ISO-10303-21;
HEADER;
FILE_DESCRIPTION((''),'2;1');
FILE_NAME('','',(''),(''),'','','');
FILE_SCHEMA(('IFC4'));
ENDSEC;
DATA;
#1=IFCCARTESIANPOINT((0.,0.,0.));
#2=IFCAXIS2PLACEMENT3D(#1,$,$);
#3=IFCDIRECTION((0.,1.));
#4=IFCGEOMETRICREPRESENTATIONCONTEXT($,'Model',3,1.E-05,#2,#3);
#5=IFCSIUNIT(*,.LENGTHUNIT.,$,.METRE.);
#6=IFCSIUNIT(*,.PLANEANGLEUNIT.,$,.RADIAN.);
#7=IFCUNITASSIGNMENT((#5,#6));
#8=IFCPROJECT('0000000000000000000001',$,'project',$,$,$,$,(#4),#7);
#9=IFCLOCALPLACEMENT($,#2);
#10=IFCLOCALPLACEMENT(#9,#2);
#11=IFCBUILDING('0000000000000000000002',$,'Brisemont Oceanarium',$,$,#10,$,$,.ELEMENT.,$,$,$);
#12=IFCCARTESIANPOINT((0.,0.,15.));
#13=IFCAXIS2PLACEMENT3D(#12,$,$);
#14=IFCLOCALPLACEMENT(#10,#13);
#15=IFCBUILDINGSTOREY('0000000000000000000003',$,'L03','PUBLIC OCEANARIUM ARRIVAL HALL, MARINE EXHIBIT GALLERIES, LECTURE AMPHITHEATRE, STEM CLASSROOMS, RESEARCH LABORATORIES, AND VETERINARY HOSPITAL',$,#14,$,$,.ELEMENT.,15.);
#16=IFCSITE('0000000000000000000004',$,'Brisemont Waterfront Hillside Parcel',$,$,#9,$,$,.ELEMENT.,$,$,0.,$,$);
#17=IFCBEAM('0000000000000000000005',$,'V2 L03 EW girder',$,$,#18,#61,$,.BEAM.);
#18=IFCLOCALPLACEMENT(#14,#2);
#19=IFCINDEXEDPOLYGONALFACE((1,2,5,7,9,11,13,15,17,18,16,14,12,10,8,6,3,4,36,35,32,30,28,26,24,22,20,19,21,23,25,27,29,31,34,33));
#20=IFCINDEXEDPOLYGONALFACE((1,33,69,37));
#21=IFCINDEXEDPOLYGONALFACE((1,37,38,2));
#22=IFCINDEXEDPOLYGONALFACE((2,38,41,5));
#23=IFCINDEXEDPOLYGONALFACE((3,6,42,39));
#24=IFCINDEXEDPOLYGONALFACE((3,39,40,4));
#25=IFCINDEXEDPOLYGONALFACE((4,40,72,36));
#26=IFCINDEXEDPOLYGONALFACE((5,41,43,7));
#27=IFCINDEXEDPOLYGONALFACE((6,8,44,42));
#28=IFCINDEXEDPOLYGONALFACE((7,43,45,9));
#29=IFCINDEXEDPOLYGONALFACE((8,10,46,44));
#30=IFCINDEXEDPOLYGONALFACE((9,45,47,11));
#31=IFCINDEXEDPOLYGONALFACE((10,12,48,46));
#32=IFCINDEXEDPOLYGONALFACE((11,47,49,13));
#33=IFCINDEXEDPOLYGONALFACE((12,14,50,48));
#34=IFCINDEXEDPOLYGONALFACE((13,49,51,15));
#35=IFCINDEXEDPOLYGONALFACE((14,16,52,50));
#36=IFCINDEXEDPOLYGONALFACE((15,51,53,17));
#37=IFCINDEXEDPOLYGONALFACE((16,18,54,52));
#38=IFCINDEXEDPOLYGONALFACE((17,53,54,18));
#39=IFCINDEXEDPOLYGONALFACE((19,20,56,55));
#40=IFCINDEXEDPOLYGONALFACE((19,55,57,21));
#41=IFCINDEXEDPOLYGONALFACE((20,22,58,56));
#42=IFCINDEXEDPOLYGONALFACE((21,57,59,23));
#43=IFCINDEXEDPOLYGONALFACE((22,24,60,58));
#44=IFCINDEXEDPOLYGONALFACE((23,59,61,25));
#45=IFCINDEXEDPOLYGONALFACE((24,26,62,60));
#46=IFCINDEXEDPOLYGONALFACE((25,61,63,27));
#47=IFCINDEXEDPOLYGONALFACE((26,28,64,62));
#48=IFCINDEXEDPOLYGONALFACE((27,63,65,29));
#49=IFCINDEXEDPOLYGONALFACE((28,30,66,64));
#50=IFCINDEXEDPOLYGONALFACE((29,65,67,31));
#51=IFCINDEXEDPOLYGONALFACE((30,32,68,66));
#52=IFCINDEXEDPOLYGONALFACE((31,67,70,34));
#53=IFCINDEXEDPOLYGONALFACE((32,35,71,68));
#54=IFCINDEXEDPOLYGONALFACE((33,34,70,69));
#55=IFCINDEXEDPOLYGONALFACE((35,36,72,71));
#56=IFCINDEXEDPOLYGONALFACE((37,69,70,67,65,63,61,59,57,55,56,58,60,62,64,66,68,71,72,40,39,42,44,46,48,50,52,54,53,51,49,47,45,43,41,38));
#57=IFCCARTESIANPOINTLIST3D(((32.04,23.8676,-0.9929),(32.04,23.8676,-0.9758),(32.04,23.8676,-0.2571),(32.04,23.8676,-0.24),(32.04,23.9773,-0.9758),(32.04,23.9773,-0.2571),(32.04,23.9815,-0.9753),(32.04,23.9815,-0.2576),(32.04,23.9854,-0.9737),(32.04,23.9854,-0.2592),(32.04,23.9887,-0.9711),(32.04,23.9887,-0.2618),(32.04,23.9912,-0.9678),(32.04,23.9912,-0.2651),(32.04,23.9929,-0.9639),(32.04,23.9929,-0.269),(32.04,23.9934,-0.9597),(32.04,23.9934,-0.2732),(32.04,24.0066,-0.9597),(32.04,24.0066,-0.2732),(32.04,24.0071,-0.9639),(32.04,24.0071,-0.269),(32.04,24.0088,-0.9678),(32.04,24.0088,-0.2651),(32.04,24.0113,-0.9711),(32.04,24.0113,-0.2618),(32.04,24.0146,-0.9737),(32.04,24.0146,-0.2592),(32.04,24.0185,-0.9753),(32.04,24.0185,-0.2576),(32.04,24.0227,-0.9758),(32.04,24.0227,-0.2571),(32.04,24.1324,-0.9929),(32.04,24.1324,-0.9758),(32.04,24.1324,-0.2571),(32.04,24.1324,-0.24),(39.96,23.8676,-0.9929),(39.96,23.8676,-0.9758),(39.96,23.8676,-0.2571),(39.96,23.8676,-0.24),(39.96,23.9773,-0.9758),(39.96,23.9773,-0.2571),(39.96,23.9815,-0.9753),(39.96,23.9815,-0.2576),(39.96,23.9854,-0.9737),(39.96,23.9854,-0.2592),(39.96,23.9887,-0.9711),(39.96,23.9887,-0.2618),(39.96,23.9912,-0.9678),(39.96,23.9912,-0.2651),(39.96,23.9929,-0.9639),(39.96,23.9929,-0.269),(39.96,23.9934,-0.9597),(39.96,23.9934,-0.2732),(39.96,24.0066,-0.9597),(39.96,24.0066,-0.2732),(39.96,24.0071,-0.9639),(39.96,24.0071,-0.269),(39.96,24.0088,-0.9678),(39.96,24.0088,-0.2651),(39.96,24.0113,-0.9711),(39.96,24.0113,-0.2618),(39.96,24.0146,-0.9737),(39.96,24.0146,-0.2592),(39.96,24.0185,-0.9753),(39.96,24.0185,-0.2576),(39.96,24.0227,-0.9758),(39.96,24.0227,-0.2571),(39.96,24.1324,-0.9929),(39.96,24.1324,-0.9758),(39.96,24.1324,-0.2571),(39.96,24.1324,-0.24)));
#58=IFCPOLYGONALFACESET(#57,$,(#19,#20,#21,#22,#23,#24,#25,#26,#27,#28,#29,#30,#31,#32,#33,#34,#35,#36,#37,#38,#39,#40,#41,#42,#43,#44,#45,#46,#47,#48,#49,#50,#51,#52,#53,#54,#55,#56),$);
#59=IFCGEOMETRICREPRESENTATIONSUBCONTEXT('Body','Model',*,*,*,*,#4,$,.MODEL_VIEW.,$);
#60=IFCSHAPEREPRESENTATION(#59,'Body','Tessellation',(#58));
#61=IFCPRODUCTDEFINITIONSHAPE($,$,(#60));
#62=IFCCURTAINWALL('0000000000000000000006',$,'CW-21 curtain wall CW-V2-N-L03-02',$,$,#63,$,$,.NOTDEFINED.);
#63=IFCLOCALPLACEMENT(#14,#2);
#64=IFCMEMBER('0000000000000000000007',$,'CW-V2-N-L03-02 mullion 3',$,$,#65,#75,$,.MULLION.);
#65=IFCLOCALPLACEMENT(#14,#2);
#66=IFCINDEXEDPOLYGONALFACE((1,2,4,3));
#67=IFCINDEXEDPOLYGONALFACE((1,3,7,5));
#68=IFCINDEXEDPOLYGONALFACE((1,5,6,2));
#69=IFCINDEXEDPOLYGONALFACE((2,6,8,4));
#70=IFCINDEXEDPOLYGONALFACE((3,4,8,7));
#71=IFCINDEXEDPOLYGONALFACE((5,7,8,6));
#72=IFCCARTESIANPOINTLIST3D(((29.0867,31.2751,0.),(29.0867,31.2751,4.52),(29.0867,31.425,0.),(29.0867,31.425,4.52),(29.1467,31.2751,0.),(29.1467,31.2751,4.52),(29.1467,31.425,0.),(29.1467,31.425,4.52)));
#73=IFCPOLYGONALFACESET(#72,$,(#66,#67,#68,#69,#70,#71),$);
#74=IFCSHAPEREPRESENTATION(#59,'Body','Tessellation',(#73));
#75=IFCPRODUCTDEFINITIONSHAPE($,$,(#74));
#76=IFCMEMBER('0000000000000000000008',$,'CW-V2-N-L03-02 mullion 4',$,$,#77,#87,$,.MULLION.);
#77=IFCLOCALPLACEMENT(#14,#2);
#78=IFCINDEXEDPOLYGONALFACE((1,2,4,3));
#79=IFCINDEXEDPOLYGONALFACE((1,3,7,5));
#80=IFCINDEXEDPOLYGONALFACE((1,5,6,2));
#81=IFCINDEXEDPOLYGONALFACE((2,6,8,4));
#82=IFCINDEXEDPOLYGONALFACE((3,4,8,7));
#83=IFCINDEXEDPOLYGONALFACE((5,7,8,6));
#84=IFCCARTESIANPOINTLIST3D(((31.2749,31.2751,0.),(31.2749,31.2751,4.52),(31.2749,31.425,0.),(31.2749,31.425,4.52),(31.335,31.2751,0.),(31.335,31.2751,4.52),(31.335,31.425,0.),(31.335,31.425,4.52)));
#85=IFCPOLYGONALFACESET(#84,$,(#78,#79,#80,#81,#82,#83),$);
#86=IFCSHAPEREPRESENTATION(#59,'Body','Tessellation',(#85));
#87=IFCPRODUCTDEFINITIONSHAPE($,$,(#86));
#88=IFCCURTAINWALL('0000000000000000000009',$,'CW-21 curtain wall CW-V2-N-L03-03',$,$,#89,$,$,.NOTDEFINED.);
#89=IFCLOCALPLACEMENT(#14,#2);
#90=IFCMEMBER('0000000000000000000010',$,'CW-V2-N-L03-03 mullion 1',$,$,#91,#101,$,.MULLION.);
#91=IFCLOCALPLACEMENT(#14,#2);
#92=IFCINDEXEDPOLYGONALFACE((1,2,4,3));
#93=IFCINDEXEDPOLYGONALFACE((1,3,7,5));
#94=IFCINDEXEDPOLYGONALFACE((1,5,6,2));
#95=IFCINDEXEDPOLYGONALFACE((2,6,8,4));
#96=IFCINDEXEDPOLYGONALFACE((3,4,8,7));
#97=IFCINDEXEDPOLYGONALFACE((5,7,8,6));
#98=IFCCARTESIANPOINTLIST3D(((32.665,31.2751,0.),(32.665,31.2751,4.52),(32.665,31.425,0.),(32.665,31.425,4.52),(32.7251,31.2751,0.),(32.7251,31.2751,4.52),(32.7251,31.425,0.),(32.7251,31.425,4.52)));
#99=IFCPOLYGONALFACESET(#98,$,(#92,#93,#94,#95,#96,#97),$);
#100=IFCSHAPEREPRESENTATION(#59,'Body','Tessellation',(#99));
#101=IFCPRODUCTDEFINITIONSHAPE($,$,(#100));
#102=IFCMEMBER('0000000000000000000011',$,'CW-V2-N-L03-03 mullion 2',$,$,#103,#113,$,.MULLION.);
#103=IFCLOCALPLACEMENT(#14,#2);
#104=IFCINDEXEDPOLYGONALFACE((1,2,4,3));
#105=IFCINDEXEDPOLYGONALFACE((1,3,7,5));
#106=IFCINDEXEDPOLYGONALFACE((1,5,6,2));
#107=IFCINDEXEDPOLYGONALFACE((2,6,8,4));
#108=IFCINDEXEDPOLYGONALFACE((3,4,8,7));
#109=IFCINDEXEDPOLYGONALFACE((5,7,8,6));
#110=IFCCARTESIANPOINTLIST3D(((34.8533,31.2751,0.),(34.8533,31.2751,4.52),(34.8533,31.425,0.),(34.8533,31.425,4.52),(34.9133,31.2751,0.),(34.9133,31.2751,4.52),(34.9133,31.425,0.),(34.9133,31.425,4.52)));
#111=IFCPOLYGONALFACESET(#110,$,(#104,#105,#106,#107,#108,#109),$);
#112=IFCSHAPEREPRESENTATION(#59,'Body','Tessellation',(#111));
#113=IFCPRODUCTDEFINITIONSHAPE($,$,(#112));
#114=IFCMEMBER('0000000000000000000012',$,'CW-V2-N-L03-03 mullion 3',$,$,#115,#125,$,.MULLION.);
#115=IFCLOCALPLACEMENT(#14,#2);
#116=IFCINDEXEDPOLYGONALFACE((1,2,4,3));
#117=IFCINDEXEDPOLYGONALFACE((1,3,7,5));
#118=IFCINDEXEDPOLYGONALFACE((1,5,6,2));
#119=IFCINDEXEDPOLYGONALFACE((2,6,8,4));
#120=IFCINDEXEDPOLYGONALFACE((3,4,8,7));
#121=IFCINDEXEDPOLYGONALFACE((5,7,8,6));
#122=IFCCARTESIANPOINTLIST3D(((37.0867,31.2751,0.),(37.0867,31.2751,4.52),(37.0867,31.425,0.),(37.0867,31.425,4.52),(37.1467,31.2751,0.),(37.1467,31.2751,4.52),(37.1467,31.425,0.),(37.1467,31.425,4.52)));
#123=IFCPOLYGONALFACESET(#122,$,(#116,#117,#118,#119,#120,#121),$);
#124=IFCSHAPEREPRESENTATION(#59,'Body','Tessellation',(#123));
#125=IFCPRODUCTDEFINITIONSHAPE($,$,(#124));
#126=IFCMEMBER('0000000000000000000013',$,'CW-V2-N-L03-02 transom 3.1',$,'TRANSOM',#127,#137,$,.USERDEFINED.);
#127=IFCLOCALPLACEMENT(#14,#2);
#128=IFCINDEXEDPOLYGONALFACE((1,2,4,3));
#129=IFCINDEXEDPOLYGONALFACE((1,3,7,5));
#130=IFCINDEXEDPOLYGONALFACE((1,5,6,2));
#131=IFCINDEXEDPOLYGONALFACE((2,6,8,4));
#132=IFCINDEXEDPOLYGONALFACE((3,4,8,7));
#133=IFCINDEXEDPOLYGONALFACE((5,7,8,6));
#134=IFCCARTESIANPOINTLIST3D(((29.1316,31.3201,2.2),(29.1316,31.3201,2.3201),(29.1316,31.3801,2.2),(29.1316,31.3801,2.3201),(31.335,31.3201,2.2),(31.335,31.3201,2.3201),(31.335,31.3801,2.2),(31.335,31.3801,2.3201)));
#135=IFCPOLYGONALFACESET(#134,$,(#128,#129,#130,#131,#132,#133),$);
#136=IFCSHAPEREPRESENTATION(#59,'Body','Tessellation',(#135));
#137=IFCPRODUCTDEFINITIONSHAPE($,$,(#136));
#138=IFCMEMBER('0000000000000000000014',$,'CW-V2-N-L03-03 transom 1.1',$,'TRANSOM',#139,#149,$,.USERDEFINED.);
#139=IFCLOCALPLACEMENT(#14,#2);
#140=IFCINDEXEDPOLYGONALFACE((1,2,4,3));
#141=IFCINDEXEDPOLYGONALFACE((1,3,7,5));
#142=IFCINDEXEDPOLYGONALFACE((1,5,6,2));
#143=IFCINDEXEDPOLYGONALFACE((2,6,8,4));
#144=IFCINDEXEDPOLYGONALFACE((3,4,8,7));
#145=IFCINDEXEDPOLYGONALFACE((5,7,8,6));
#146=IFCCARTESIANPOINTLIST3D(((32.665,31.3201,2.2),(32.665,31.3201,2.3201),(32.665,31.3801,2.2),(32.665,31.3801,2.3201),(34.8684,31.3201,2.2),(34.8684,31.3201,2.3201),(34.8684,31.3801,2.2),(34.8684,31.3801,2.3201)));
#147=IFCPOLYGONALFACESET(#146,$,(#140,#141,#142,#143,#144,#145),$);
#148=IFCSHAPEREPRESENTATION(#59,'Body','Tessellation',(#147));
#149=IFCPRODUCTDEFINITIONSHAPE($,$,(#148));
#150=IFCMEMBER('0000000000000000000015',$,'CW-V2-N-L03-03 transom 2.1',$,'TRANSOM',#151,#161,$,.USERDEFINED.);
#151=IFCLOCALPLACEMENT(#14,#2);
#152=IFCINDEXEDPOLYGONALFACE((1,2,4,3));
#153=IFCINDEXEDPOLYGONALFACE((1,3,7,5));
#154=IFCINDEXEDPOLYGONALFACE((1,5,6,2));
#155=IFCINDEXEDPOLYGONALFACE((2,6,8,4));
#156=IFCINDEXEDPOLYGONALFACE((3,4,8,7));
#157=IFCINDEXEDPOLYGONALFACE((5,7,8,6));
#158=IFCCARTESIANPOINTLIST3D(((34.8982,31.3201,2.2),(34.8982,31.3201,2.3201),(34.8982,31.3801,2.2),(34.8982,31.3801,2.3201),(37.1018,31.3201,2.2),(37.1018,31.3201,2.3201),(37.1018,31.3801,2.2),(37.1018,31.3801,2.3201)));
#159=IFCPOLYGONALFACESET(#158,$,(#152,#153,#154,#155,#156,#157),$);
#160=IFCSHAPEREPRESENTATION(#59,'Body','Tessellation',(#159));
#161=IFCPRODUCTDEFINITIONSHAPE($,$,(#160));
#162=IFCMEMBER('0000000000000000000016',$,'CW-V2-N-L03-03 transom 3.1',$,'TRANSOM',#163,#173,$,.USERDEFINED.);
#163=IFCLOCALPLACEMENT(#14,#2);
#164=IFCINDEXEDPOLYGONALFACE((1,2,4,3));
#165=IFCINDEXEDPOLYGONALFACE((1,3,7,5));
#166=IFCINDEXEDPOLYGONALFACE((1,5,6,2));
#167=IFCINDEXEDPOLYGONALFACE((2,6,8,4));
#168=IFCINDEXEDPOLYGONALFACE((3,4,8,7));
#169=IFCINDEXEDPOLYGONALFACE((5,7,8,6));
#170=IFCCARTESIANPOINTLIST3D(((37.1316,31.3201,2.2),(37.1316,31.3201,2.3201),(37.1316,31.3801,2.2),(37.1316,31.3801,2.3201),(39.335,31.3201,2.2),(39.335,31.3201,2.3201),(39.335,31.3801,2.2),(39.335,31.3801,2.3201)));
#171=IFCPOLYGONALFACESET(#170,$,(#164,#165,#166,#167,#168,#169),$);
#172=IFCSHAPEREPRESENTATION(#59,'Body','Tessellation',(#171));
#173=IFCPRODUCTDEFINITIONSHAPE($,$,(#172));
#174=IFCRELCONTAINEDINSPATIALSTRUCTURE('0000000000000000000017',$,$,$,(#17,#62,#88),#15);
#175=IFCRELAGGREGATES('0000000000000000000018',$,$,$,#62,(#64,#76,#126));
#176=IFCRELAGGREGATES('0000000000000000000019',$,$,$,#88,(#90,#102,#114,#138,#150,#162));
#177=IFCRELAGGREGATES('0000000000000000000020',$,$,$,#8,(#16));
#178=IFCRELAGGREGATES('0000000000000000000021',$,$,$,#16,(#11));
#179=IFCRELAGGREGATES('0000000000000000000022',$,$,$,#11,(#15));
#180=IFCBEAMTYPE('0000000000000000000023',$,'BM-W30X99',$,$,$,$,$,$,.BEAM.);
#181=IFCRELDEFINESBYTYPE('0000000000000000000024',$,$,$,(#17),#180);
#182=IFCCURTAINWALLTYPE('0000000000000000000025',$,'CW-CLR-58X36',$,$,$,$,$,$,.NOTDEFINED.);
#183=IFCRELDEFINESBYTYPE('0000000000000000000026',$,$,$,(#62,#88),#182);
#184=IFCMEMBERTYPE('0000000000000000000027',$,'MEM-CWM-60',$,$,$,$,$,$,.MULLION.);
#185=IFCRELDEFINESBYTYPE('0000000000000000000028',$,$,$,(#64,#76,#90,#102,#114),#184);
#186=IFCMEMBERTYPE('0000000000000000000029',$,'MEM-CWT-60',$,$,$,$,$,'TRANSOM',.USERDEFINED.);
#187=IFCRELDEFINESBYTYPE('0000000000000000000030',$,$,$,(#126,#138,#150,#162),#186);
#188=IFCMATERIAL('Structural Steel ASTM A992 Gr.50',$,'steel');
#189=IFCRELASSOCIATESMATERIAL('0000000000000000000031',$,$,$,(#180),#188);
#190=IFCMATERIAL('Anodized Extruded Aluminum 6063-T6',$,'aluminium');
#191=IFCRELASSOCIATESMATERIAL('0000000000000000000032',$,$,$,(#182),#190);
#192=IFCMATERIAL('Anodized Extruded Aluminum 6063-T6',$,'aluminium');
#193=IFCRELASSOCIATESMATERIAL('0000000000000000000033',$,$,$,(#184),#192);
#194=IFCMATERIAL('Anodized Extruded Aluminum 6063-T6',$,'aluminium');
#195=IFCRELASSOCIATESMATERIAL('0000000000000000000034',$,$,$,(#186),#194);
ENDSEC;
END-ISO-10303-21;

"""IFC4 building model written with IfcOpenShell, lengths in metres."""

from ifc_helpers import new_model, si_unit, direction, frame, origin, origin_2d, place, context, subcontext, project, spatial, rectangle, i_section, extrude, material, material_profile, profile_set, type_object, element, aggregate, save


model = new_model("IFC4")

# Units and contexts
model_context = context("Model", 3, precision=1e-05, world=origin(), true_north=direction((0.0, 1.0)))
body_context = subcontext(model_context, "Body", "Model", "MODEL_VIEW")
ifc_project = project(units=[si_unit("LENGTHUNIT", "METRE"), si_unit("PLANEANGLEUNIT", "RADIAN")], contexts=[model_context])

# Site, building, storey
site_placement = place(None, origin())
site = spatial("IfcSite", under=ifc_project, at=site_placement, Name="Brisemont Waterfront Hillside Parcel", CompositionType="ELEMENT", RefElevation=0.0)
building_placement = place(site_placement, origin())
building = spatial("IfcBuilding", under=site, at=building_placement, Name="Brisemont Oceanarium", CompositionType="ELEMENT")
storey_placement = place(building_placement, frame((0.0, 0.0, 15.0)))
storey = spatial("IfcBuildingStorey", under=building, at=storey_placement, Name="L03", Description="PUBLIC OCEANARIUM ARRIVAL HALL, MARINE EXHIBIT GALLERIES, LECTURE AMPHITHEATRE, STEM CLASSROOMS, RESEARCH LABORATORIES, AND VETERINARY HOSPITAL", CompositionType="ELEMENT", Elevation=15.0)

# Beam
ifc_material_1 = material(Name="Structural Steel ASTM A992 Gr.50", Category="steel")
ifc_material_profile_1 = material_profile(ifc_material_1, i_section(OverallWidth=0.2649, OverallDepth=0.7529, WebThickness=0.0132, FlangeThickness=0.0171, FilletRadius=0.0161, at=origin_2d()), Name="W30X99")
ifc_profile_set_1 = profile_set([ifc_material_profile_1], Name="Structural Steel ASTM A992 Gr.50")
beam_type_1 = type_object("IfcBeamType", Name="BM-W30X99", PredefinedType="BEAM", material=ifc_profile_set_1)
beam_1_placement = place(storey_placement, frame((32.04, 24.0, -0.6165), z_axis=(1.0, 0.0, 0.0), x_axis=(0.0, 1.0, 0.0)))
element("IfcBeam", 1, at=beam_1_placement, inside=storey, type_object=beam_type_1, Name="V2 L03 EW girder", PredefinedType="BEAM", context=body_context, shape_type="SweptSolid", body=[
    extrude(i_section(OverallWidth=0.2649, OverallDepth=0.7529, WebThickness=0.0132, FlangeThickness=0.0171, FilletRadius=0.0161, at=origin_2d()), origin(), (0.0, 0.0, 1.0), 7.9199),
])

# Curtain walls, members
ifc_material_2 = material(Name="Anodized Extruded Aluminum 6063-T6", Category="aluminium")
curtain_wall_type = type_object("IfcCurtainWallType", Name="CW-CLR-58X36", PredefinedType="NOTDEFINED", material=ifc_material_2)
curtain_wall_1_placement = place(storey_placement, origin())
curtain_wall_1 = element("IfcCurtainWall", 2, at=curtain_wall_1_placement, inside=storey, type_object=curtain_wall_type, Name="CW-21 curtain wall CW-V2-N-L03-02", PredefinedType="NOTDEFINED")
ifc_material_3 = material(Name="Anodized Extruded Aluminum 6063-T6", Category="aluminium")
ifc_material_profile_2 = material_profile(ifc_material_3, rectangle(XDim=0.0601, YDim=0.1499, at=origin_2d()), Name="CWM-60X150")
ifc_profile_set_2 = profile_set([ifc_material_profile_2], Name="Anodized Extruded Aluminum 6063-T6")
member_type_1 = type_object("IfcMemberType", Name="MEM-CWM-60", PredefinedType="MULLION", material=ifc_profile_set_2)
member_1_placement = place(storey_placement, frame((29.1167, 31.3501, 0.0), z_axis=(0.0, 0.0, 1.0), x_axis=(1.0, 0.0, 0.0)))
member_1 = element("IfcMember", 3, at=member_1_placement, type_object=member_type_1, Name="CW-V2-N-L03-02 mullion 3", PredefinedType="MULLION", context=body_context, shape_type="SweptSolid", body=[
    extrude(rectangle(XDim=0.0601, YDim=0.1499, at=origin_2d()), origin(), (0.0, 0.0, 1.0), 4.52),
])
member_2_placement = place(storey_placement, frame((31.3049, 31.3501, 0.0), z_axis=(0.0, 0.0, 1.0), x_axis=(1.0, 0.0, 0.0)))
member_2 = element("IfcMember", 4, at=member_2_placement, type_object=member_type_1, Name="CW-V2-N-L03-02 mullion 4", PredefinedType="MULLION", context=body_context, shape_type="SweptSolid", body=[
    extrude(rectangle(XDim=0.0601, YDim=0.1499, at=origin_2d()), origin(), (0.0, 0.0, 1.0), 4.52),
])
curtain_wall_2_placement = place(storey_placement, origin())
curtain_wall_2 = element("IfcCurtainWall", 5, at=curtain_wall_2_placement, inside=storey, type_object=curtain_wall_type, Name="CW-21 curtain wall CW-V2-N-L03-03", PredefinedType="NOTDEFINED")
member_3_placement = place(storey_placement, frame((32.6951, 31.3501, 0.0), z_axis=(0.0, 0.0, 1.0), x_axis=(1.0, 0.0, 0.0)))
member_3 = element("IfcMember", 6, at=member_3_placement, type_object=member_type_1, Name="CW-V2-N-L03-03 mullion 1", PredefinedType="MULLION", context=body_context, shape_type="SweptSolid", body=[
    extrude(rectangle(XDim=0.0601, YDim=0.1499, at=origin_2d()), origin(), (0.0, 0.0, 1.0), 4.52),
])
member_4_placement = place(storey_placement, frame((34.8833, 31.3501, 0.0), z_axis=(0.0, 0.0, 1.0), x_axis=(1.0, 0.0, 0.0)))
member_4 = element("IfcMember", 7, at=member_4_placement, type_object=member_type_1, Name="CW-V2-N-L03-03 mullion 2", PredefinedType="MULLION", context=body_context, shape_type="SweptSolid", body=[
    extrude(rectangle(XDim=0.0601, YDim=0.1499, at=origin_2d()), origin(), (0.0, 0.0, 1.0), 4.52),
])
member_5_placement = place(storey_placement, frame((37.1167, 31.3501, 0.0), z_axis=(0.0, 0.0, 1.0), x_axis=(1.0, 0.0, 0.0)))
member_5 = element("IfcMember", 8, at=member_5_placement, type_object=member_type_1, Name="CW-V2-N-L03-03 mullion 3", PredefinedType="MULLION", context=body_context, shape_type="SweptSolid", body=[
    extrude(rectangle(XDim=0.0601, YDim=0.1499, at=origin_2d()), origin(), (0.0, 0.0, 1.0), 4.52),
])

# Members
ifc_material_4 = material(Name="Anodized Extruded Aluminum 6063-T6", Category="aluminium")
ifc_material_profile_3 = material_profile(ifc_material_4, rectangle(XDim=0.0601, YDim=0.1201, at=origin_2d()), Name="CWT-60X120")
ifc_profile_set_3 = profile_set([ifc_material_profile_3], Name="Anodized Extruded Aluminum 6063-T6")
member_type_2 = type_object("IfcMemberType", Name="MEM-CWT-60", ElementType="TRANSOM", PredefinedType="USERDEFINED", material=ifc_profile_set_3)
member_6_placement = place(storey_placement, frame((29.1316, 31.3501, 2.26), z_axis=(1.0, 0.0, 0.0), x_axis=(0.0, 1.0, 0.0)))
member_6 = element("IfcMember", 9, at=member_6_placement, type_object=member_type_2, Name="CW-V2-N-L03-02 transom 3.1", ObjectType="TRANSOM", PredefinedType="USERDEFINED", context=body_context, shape_type="SweptSolid", body=[
    extrude(rectangle(XDim=0.0601, YDim=0.1201, at=origin_2d()), origin(), (0.0, 0.0, 1.0), 2.2034),
])
member_7_placement = place(storey_placement, frame((32.665, 31.3501, 2.26), z_axis=(1.0, 0.0, 0.0), x_axis=(0.0, 1.0, 0.0)))
member_7 = element("IfcMember", 10, at=member_7_placement, type_object=member_type_2, Name="CW-V2-N-L03-03 transom 1.1", ObjectType="TRANSOM", PredefinedType="USERDEFINED", context=body_context, shape_type="SweptSolid", body=[
    extrude(rectangle(XDim=0.0601, YDim=0.1201, at=origin_2d()), origin(), (0.0, 0.0, 1.0), 2.2034),
])
member_8_placement = place(storey_placement, frame((34.8982, 31.3501, 2.26), z_axis=(1.0, 0.0, 0.0), x_axis=(0.0, 1.0, 0.0)))
member_8 = element("IfcMember", 11, at=member_8_placement, type_object=member_type_2, Name="CW-V2-N-L03-03 transom 2.1", ObjectType="TRANSOM", PredefinedType="USERDEFINED", context=body_context, shape_type="SweptSolid", body=[
    extrude(rectangle(XDim=0.0601, YDim=0.1201, at=origin_2d()), origin(), (0.0, 0.0, 1.0), 2.2036),
])
member_9_placement = place(storey_placement, frame((37.1316, 31.3501, 2.26), z_axis=(1.0, 0.0, 0.0), x_axis=(0.0, 1.0, 0.0)))
member_9 = element("IfcMember", 12, at=member_9_placement, type_object=member_type_2, Name="CW-V2-N-L03-03 transom 3.1", ObjectType="TRANSOM", PredefinedType="USERDEFINED", context=body_context, shape_type="SweptSolid", body=[
    extrude(rectangle(XDim=0.0601, YDim=0.1201, at=origin_2d()), origin(), (0.0, 0.0, 1.0), 2.2034),
])

aggregate(curtain_wall_1, [member_1, member_2, member_6])
aggregate(curtain_wall_2, [member_3, member_4, member_5, member_7, member_8, member_9])

save(model, "model.ifc")
